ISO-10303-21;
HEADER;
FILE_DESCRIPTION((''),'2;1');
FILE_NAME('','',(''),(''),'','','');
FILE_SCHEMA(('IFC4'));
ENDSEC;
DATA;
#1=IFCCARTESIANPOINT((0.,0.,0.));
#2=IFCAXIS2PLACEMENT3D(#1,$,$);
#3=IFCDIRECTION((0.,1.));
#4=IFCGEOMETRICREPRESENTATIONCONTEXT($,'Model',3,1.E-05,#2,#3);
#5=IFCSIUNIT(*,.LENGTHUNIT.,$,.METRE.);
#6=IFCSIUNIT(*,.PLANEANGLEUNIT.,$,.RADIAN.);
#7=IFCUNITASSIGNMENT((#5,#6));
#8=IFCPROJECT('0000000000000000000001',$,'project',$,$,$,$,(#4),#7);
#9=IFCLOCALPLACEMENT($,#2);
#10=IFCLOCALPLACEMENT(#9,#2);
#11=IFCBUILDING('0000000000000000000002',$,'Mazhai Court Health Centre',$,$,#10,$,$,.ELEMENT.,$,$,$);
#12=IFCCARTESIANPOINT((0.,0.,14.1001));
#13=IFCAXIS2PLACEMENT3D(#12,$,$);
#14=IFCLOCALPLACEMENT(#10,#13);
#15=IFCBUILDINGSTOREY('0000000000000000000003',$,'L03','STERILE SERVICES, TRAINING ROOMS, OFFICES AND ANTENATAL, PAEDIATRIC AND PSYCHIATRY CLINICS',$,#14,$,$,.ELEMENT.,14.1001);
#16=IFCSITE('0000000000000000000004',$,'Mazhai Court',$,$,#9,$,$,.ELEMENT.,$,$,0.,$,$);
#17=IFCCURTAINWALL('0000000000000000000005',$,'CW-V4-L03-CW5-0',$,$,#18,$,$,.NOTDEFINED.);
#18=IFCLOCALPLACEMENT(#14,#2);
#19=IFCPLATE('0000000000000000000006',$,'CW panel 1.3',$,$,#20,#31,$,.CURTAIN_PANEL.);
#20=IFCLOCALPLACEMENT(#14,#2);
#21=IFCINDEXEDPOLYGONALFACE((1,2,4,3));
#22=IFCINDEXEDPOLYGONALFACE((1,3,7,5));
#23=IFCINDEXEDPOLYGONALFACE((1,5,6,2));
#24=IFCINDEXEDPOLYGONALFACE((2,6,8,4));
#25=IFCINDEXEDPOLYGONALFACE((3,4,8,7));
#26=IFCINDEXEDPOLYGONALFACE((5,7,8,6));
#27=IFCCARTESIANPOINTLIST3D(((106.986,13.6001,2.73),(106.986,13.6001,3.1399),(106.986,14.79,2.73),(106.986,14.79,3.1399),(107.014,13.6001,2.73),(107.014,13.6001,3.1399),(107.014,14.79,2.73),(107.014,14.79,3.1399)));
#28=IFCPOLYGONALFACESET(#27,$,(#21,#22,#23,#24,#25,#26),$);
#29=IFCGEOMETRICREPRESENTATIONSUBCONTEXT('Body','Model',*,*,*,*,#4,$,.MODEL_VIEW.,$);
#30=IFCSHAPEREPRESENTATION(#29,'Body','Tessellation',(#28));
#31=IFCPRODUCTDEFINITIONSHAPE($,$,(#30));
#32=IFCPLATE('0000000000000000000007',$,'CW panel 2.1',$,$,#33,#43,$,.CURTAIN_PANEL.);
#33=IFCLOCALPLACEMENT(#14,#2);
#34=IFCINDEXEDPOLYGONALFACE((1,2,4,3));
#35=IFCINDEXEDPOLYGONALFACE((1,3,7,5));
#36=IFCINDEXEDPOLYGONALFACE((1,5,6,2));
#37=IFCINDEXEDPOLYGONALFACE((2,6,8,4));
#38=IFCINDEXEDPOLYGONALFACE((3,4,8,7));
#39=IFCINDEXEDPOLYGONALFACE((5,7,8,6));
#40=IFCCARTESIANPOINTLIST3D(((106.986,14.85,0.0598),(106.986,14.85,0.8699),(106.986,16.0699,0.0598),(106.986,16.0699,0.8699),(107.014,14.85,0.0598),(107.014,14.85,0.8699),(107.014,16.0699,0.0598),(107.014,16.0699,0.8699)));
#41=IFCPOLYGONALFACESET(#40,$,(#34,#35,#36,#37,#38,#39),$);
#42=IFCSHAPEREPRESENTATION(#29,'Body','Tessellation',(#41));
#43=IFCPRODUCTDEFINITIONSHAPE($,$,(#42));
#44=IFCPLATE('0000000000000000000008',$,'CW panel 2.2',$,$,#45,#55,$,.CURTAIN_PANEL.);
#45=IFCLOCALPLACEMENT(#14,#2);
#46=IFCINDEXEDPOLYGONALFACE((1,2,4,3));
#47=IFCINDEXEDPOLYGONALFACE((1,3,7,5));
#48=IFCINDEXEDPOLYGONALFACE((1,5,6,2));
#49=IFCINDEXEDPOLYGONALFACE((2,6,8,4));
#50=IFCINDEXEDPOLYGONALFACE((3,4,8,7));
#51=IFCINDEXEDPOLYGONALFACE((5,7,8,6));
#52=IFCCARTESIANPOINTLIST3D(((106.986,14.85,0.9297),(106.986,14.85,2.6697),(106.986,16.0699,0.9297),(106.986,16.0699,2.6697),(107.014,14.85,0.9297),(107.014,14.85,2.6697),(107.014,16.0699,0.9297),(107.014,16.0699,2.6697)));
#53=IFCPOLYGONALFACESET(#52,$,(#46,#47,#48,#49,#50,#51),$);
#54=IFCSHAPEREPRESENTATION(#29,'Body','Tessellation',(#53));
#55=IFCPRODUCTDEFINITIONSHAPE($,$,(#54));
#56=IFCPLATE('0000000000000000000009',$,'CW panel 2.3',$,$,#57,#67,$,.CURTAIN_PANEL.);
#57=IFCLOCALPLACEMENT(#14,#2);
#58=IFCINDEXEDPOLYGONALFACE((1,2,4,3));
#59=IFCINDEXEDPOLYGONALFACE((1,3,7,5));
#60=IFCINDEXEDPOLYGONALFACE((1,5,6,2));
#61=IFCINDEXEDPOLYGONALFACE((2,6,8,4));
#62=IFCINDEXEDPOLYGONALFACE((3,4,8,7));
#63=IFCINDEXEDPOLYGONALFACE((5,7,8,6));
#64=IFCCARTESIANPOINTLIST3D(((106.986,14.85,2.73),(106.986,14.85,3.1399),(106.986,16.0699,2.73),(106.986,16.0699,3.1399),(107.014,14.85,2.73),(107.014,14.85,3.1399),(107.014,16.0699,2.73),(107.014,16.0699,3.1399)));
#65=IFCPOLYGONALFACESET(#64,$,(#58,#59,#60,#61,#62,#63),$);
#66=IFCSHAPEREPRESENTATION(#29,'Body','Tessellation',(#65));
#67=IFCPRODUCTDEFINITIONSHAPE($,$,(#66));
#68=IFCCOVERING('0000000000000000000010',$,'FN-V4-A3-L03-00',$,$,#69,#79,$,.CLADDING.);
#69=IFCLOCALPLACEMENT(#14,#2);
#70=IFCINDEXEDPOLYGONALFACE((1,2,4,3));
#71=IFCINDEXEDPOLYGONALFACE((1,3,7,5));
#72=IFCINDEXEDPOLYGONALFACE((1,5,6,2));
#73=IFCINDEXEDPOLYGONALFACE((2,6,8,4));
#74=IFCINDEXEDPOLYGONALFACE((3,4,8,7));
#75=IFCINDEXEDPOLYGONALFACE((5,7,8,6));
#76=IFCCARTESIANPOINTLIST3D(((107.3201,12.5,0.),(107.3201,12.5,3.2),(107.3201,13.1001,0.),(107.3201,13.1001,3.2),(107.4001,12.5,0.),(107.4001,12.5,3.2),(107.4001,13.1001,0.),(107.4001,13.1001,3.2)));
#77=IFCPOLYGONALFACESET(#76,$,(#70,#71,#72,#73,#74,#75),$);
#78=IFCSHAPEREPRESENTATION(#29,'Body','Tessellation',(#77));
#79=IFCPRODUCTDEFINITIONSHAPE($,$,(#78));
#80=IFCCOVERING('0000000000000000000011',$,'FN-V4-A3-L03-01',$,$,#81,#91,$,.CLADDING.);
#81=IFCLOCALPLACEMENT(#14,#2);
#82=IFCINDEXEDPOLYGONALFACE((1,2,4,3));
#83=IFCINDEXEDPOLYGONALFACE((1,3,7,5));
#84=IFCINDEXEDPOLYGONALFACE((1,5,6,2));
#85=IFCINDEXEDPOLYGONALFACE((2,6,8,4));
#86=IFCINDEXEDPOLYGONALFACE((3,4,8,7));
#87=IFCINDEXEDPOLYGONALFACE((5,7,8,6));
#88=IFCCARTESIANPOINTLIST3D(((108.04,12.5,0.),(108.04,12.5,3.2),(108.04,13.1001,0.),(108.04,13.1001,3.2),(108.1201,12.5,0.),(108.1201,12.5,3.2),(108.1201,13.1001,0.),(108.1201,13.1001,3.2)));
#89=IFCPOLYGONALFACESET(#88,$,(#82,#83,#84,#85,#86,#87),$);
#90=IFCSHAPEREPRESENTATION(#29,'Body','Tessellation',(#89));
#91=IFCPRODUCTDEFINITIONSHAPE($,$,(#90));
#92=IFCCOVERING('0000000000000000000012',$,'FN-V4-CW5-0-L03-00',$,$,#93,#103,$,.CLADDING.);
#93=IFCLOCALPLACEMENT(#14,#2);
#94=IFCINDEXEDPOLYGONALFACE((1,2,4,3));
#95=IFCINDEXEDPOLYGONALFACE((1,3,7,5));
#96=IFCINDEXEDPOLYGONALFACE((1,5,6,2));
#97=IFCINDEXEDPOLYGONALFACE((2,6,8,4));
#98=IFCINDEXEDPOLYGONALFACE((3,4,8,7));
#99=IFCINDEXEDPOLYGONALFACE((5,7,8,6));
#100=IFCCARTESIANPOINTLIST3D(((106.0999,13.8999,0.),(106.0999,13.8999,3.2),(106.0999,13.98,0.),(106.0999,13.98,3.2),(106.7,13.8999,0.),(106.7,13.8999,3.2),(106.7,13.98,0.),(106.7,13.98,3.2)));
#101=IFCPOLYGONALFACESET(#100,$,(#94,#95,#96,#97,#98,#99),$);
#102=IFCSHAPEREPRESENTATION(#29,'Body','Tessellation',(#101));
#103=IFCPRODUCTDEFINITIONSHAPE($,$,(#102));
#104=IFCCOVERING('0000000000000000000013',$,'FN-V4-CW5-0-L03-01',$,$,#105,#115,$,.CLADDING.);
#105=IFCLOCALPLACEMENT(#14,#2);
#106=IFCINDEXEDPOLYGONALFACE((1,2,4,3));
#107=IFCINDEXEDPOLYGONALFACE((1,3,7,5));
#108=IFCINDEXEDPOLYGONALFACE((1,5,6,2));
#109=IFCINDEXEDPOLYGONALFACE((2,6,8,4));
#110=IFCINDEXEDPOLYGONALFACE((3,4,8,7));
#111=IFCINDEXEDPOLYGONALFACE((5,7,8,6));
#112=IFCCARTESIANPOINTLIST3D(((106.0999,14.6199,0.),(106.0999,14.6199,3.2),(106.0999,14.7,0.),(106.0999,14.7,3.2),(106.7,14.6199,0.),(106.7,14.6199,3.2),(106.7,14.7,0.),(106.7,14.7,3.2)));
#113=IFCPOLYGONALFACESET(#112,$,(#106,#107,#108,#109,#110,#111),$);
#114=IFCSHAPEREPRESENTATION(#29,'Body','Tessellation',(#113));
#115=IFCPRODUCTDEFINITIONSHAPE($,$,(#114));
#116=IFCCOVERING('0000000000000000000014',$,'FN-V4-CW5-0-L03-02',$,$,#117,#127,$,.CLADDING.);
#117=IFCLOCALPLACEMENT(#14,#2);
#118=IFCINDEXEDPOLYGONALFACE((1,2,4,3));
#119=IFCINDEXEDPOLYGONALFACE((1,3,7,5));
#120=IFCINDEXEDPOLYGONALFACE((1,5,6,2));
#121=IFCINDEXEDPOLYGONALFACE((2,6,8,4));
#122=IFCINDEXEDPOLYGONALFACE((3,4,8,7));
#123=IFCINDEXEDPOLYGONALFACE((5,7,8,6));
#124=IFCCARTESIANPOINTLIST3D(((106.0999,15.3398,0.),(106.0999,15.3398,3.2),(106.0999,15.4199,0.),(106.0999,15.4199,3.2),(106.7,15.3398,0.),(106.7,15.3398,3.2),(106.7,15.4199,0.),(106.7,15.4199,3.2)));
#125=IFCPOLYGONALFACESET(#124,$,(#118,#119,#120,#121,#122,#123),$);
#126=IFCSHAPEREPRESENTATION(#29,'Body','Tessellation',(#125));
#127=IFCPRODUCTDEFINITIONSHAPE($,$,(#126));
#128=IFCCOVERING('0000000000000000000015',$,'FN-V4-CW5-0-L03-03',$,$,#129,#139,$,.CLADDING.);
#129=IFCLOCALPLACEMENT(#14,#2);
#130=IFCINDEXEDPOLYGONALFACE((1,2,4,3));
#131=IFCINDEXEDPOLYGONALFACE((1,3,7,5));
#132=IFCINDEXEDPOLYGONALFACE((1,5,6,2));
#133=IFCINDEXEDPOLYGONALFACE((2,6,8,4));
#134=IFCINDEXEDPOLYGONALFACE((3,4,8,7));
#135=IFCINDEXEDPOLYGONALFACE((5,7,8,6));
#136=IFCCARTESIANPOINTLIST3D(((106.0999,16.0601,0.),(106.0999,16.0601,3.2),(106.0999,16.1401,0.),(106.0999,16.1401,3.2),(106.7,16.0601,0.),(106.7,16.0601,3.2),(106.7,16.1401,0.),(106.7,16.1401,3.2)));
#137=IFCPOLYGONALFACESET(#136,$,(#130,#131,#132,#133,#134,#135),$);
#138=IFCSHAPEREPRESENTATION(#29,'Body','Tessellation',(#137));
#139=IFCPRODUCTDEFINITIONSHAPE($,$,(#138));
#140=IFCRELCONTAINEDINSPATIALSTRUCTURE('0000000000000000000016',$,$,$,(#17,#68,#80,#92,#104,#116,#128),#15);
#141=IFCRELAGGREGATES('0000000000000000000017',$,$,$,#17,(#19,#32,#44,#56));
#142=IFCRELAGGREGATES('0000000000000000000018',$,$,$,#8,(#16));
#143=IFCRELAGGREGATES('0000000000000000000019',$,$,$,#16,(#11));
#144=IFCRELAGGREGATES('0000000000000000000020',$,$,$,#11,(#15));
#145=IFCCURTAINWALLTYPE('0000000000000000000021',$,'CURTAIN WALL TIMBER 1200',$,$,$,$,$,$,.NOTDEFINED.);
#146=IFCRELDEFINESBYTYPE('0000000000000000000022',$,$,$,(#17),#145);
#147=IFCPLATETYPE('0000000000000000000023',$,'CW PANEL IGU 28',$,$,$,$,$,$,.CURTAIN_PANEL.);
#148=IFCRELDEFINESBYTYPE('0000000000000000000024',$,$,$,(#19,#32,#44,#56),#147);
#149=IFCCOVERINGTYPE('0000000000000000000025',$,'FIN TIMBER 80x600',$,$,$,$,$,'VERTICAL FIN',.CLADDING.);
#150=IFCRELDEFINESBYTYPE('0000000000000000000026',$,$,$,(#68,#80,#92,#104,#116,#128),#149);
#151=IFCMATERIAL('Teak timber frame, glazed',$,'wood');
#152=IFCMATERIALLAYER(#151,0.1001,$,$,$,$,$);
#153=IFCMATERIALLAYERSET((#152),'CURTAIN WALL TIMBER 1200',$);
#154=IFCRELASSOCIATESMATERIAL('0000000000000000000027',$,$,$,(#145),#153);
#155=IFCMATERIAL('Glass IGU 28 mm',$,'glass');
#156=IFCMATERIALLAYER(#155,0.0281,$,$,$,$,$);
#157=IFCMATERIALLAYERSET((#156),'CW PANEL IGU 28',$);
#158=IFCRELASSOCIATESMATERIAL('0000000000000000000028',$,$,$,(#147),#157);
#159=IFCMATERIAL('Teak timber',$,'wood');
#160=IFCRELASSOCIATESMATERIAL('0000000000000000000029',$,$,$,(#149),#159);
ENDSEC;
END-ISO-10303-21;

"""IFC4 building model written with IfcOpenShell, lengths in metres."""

from ifc_helpers import new_model, si_unit, direction, frame, origin, origin_2d, place, context, subcontext, project, spatial, rectangle, extrude, material, layer, layer_set, type_object, element, aggregate, save


model = new_model("IFC4")

# Units and contexts
model_context = context("Model", 3, precision=1e-05, world=origin(), true_north=direction((0.0, 1.0)))
body_context = subcontext(model_context, "Body", "Model", "MODEL_VIEW")
ifc_project = project(units=[si_unit("LENGTHUNIT", "METRE"), si_unit("PLANEANGLEUNIT", "RADIAN")], contexts=[model_context])

# Site, building, storey
site_placement = place(None, origin())
site = spatial("IfcSite", under=ifc_project, at=site_placement, Name="Mazhai Court", CompositionType="ELEMENT", RefElevation=0.0)
building_placement = place(site_placement, origin())
building = spatial("IfcBuilding", under=site, at=building_placement, Name="Mazhai Court Health Centre", CompositionType="ELEMENT")
storey_placement = place(building_placement, frame((0.0, 0.0, 14.1001)))
storey = spatial("IfcBuildingStorey", under=building, at=storey_placement, Name="L03", Description="STERILE SERVICES, TRAINING ROOMS, OFFICES AND ANTENATAL, PAEDIATRIC AND PSYCHIATRY CLINICS", CompositionType="ELEMENT", Elevation=14.1001)

# Shared definitions
ifc_material_1 = material(Name="Teak timber frame, glazed", Category="wood")
ifc_layer_1 = layer(ifc_material_1, 0.1001)
ifc_layer_set_1 = layer_set([ifc_layer_1], Name="CURTAIN WALL TIMBER 1200")
curtain_wall_type = type_object("IfcCurtainWallType", Name="CURTAIN WALL TIMBER 1200", PredefinedType="NOTDEFINED", material=ifc_layer_set_1)

# Curtain wall
curtain_wall_1_placement = place(storey_placement, origin())
curtain_wall_1 = element("IfcCurtainWall", 1, at=curtain_wall_1_placement, inside=storey, type_object=curtain_wall_type, Name="CW-V4-L03-CW5-0", PredefinedType="NOTDEFINED")

# Plates
ifc_material_2 = material(Name="Glass IGU 28 mm", Category="glass")
ifc_layer_2 = layer(ifc_material_2, 0.0281)
ifc_layer_set_2 = layer_set([ifc_layer_2], Name="CW PANEL IGU 28")
plate_type = type_object("IfcPlateType", Name="CW PANEL IGU 28", PredefinedType="CURTAIN_PANEL", material=ifc_layer_set_2)
plate_1_placement = place(storey_placement, frame((107.0, 14.1951, 2.73), z_axis=(0.0, 0.0, 1.0), x_axis=(0.0, 1.0, 0.0)))
plate_1 = element("IfcPlate", 2, at=plate_1_placement, type_object=plate_type, Name="CW panel 1.3", PredefinedType="CURTAIN_PANEL", context=body_context, shape_type="SweptSolid", body=[
    extrude(rectangle(XDim=1.1899, YDim=0.0281, at=origin_2d()), origin(), (0.0, 0.0, 1.0), 0.4099),
])
plate_2_placement = place(storey_placement, frame((107.0, 15.46, 0.0598), z_axis=(0.0, 0.0, 1.0), x_axis=(0.0, 1.0, 0.0)))
plate_2 = element("IfcPlate", 3, at=plate_2_placement, type_object=plate_type, Name="CW panel 2.1", PredefinedType="CURTAIN_PANEL", context=body_context, shape_type="SweptSolid", body=[
    extrude(rectangle(XDim=1.22, YDim=0.0281, at=origin_2d()), origin(), (0.0, 0.0, 1.0), 0.8101),
])
plate_3_placement = place(storey_placement, frame((107.0, 15.46, 0.9297), z_axis=(0.0, 0.0, 1.0), x_axis=(0.0, 1.0, 0.0)))
plate_3 = element("IfcPlate", 4, at=plate_3_placement, type_object=plate_type, Name="CW panel 2.2", PredefinedType="CURTAIN_PANEL", context=body_context, shape_type="SweptSolid", body=[
    extrude(rectangle(XDim=1.22, YDim=0.0281, at=origin_2d()), origin(), (0.0, 0.0, 1.0), 1.74),
])
plate_4_placement = place(storey_placement, frame((107.0, 15.46, 2.73), z_axis=(0.0, 0.0, 1.0), x_axis=(0.0, 1.0, 0.0)))
plate_4 = element("IfcPlate", 5, at=plate_4_placement, type_object=plate_type, Name="CW panel 2.3", PredefinedType="CURTAIN_PANEL", context=body_context, shape_type="SweptSolid", body=[
    extrude(rectangle(XDim=1.22, YDim=0.0281, at=origin_2d()), origin(), (0.0, 0.0, 1.0), 0.4099),
])
aggregate(curtain_wall_1, [plate_1, plate_2, plate_3, plate_4])

# Coverings
ifc_material_3 = material(Name="Teak timber", Category="wood")
covering_type = type_object("IfcCoveringType", Name="FIN TIMBER 80x600", ElementType="VERTICAL FIN", PredefinedType="CLADDING", material=ifc_material_3)
for number, where, z_axis, x_axis, name in (
    (6, (107.3601, 12.8, 0.0), (0.0, 0.0, 1.0), (1.0, 0.0, 0.0), "FN-V4-A3-L03-00"),
    (7, (108.0801, 12.8, 0.0), (0.0, 0.0, 1.0), (1.0, 0.0, 0.0), "FN-V4-A3-L03-01"),
    (8, (106.3999, 13.9399, 0.0), (0.0, 0.0, 1.0), (0.0, 1.0, 0.0), "FN-V4-CW5-0-L03-00"),
    (9, (106.3999, 14.6599, 0.0), (0.0, 0.0, 1.0), (0.0, 1.0, 0.0), "FN-V4-CW5-0-L03-01"),
    (10, (106.3999, 15.3799, 0.0), (0.0, 0.0, 1.0), (0.0, 1.0, 0.0), "FN-V4-CW5-0-L03-02"),
    (11, (106.3999, 16.1001, 0.0), (0.0, 0.0, 1.0), (0.0, 1.0, 0.0), "FN-V4-CW5-0-L03-03"),
):
    element("IfcCovering", number, at=place(storey_placement, frame(where, z_axis=z_axis, x_axis=x_axis)), inside=storey, type_object=covering_type, Name=name, PredefinedType="CLADDING", context=body_context, shape_type="SweptSolid", body=[
        extrude(rectangle(XDim=0.0801, YDim=0.6001, at=origin_2d()), origin(), (0.0, 0.0, 1.0), 3.2),
    ])

save(model, "model.ifc")
